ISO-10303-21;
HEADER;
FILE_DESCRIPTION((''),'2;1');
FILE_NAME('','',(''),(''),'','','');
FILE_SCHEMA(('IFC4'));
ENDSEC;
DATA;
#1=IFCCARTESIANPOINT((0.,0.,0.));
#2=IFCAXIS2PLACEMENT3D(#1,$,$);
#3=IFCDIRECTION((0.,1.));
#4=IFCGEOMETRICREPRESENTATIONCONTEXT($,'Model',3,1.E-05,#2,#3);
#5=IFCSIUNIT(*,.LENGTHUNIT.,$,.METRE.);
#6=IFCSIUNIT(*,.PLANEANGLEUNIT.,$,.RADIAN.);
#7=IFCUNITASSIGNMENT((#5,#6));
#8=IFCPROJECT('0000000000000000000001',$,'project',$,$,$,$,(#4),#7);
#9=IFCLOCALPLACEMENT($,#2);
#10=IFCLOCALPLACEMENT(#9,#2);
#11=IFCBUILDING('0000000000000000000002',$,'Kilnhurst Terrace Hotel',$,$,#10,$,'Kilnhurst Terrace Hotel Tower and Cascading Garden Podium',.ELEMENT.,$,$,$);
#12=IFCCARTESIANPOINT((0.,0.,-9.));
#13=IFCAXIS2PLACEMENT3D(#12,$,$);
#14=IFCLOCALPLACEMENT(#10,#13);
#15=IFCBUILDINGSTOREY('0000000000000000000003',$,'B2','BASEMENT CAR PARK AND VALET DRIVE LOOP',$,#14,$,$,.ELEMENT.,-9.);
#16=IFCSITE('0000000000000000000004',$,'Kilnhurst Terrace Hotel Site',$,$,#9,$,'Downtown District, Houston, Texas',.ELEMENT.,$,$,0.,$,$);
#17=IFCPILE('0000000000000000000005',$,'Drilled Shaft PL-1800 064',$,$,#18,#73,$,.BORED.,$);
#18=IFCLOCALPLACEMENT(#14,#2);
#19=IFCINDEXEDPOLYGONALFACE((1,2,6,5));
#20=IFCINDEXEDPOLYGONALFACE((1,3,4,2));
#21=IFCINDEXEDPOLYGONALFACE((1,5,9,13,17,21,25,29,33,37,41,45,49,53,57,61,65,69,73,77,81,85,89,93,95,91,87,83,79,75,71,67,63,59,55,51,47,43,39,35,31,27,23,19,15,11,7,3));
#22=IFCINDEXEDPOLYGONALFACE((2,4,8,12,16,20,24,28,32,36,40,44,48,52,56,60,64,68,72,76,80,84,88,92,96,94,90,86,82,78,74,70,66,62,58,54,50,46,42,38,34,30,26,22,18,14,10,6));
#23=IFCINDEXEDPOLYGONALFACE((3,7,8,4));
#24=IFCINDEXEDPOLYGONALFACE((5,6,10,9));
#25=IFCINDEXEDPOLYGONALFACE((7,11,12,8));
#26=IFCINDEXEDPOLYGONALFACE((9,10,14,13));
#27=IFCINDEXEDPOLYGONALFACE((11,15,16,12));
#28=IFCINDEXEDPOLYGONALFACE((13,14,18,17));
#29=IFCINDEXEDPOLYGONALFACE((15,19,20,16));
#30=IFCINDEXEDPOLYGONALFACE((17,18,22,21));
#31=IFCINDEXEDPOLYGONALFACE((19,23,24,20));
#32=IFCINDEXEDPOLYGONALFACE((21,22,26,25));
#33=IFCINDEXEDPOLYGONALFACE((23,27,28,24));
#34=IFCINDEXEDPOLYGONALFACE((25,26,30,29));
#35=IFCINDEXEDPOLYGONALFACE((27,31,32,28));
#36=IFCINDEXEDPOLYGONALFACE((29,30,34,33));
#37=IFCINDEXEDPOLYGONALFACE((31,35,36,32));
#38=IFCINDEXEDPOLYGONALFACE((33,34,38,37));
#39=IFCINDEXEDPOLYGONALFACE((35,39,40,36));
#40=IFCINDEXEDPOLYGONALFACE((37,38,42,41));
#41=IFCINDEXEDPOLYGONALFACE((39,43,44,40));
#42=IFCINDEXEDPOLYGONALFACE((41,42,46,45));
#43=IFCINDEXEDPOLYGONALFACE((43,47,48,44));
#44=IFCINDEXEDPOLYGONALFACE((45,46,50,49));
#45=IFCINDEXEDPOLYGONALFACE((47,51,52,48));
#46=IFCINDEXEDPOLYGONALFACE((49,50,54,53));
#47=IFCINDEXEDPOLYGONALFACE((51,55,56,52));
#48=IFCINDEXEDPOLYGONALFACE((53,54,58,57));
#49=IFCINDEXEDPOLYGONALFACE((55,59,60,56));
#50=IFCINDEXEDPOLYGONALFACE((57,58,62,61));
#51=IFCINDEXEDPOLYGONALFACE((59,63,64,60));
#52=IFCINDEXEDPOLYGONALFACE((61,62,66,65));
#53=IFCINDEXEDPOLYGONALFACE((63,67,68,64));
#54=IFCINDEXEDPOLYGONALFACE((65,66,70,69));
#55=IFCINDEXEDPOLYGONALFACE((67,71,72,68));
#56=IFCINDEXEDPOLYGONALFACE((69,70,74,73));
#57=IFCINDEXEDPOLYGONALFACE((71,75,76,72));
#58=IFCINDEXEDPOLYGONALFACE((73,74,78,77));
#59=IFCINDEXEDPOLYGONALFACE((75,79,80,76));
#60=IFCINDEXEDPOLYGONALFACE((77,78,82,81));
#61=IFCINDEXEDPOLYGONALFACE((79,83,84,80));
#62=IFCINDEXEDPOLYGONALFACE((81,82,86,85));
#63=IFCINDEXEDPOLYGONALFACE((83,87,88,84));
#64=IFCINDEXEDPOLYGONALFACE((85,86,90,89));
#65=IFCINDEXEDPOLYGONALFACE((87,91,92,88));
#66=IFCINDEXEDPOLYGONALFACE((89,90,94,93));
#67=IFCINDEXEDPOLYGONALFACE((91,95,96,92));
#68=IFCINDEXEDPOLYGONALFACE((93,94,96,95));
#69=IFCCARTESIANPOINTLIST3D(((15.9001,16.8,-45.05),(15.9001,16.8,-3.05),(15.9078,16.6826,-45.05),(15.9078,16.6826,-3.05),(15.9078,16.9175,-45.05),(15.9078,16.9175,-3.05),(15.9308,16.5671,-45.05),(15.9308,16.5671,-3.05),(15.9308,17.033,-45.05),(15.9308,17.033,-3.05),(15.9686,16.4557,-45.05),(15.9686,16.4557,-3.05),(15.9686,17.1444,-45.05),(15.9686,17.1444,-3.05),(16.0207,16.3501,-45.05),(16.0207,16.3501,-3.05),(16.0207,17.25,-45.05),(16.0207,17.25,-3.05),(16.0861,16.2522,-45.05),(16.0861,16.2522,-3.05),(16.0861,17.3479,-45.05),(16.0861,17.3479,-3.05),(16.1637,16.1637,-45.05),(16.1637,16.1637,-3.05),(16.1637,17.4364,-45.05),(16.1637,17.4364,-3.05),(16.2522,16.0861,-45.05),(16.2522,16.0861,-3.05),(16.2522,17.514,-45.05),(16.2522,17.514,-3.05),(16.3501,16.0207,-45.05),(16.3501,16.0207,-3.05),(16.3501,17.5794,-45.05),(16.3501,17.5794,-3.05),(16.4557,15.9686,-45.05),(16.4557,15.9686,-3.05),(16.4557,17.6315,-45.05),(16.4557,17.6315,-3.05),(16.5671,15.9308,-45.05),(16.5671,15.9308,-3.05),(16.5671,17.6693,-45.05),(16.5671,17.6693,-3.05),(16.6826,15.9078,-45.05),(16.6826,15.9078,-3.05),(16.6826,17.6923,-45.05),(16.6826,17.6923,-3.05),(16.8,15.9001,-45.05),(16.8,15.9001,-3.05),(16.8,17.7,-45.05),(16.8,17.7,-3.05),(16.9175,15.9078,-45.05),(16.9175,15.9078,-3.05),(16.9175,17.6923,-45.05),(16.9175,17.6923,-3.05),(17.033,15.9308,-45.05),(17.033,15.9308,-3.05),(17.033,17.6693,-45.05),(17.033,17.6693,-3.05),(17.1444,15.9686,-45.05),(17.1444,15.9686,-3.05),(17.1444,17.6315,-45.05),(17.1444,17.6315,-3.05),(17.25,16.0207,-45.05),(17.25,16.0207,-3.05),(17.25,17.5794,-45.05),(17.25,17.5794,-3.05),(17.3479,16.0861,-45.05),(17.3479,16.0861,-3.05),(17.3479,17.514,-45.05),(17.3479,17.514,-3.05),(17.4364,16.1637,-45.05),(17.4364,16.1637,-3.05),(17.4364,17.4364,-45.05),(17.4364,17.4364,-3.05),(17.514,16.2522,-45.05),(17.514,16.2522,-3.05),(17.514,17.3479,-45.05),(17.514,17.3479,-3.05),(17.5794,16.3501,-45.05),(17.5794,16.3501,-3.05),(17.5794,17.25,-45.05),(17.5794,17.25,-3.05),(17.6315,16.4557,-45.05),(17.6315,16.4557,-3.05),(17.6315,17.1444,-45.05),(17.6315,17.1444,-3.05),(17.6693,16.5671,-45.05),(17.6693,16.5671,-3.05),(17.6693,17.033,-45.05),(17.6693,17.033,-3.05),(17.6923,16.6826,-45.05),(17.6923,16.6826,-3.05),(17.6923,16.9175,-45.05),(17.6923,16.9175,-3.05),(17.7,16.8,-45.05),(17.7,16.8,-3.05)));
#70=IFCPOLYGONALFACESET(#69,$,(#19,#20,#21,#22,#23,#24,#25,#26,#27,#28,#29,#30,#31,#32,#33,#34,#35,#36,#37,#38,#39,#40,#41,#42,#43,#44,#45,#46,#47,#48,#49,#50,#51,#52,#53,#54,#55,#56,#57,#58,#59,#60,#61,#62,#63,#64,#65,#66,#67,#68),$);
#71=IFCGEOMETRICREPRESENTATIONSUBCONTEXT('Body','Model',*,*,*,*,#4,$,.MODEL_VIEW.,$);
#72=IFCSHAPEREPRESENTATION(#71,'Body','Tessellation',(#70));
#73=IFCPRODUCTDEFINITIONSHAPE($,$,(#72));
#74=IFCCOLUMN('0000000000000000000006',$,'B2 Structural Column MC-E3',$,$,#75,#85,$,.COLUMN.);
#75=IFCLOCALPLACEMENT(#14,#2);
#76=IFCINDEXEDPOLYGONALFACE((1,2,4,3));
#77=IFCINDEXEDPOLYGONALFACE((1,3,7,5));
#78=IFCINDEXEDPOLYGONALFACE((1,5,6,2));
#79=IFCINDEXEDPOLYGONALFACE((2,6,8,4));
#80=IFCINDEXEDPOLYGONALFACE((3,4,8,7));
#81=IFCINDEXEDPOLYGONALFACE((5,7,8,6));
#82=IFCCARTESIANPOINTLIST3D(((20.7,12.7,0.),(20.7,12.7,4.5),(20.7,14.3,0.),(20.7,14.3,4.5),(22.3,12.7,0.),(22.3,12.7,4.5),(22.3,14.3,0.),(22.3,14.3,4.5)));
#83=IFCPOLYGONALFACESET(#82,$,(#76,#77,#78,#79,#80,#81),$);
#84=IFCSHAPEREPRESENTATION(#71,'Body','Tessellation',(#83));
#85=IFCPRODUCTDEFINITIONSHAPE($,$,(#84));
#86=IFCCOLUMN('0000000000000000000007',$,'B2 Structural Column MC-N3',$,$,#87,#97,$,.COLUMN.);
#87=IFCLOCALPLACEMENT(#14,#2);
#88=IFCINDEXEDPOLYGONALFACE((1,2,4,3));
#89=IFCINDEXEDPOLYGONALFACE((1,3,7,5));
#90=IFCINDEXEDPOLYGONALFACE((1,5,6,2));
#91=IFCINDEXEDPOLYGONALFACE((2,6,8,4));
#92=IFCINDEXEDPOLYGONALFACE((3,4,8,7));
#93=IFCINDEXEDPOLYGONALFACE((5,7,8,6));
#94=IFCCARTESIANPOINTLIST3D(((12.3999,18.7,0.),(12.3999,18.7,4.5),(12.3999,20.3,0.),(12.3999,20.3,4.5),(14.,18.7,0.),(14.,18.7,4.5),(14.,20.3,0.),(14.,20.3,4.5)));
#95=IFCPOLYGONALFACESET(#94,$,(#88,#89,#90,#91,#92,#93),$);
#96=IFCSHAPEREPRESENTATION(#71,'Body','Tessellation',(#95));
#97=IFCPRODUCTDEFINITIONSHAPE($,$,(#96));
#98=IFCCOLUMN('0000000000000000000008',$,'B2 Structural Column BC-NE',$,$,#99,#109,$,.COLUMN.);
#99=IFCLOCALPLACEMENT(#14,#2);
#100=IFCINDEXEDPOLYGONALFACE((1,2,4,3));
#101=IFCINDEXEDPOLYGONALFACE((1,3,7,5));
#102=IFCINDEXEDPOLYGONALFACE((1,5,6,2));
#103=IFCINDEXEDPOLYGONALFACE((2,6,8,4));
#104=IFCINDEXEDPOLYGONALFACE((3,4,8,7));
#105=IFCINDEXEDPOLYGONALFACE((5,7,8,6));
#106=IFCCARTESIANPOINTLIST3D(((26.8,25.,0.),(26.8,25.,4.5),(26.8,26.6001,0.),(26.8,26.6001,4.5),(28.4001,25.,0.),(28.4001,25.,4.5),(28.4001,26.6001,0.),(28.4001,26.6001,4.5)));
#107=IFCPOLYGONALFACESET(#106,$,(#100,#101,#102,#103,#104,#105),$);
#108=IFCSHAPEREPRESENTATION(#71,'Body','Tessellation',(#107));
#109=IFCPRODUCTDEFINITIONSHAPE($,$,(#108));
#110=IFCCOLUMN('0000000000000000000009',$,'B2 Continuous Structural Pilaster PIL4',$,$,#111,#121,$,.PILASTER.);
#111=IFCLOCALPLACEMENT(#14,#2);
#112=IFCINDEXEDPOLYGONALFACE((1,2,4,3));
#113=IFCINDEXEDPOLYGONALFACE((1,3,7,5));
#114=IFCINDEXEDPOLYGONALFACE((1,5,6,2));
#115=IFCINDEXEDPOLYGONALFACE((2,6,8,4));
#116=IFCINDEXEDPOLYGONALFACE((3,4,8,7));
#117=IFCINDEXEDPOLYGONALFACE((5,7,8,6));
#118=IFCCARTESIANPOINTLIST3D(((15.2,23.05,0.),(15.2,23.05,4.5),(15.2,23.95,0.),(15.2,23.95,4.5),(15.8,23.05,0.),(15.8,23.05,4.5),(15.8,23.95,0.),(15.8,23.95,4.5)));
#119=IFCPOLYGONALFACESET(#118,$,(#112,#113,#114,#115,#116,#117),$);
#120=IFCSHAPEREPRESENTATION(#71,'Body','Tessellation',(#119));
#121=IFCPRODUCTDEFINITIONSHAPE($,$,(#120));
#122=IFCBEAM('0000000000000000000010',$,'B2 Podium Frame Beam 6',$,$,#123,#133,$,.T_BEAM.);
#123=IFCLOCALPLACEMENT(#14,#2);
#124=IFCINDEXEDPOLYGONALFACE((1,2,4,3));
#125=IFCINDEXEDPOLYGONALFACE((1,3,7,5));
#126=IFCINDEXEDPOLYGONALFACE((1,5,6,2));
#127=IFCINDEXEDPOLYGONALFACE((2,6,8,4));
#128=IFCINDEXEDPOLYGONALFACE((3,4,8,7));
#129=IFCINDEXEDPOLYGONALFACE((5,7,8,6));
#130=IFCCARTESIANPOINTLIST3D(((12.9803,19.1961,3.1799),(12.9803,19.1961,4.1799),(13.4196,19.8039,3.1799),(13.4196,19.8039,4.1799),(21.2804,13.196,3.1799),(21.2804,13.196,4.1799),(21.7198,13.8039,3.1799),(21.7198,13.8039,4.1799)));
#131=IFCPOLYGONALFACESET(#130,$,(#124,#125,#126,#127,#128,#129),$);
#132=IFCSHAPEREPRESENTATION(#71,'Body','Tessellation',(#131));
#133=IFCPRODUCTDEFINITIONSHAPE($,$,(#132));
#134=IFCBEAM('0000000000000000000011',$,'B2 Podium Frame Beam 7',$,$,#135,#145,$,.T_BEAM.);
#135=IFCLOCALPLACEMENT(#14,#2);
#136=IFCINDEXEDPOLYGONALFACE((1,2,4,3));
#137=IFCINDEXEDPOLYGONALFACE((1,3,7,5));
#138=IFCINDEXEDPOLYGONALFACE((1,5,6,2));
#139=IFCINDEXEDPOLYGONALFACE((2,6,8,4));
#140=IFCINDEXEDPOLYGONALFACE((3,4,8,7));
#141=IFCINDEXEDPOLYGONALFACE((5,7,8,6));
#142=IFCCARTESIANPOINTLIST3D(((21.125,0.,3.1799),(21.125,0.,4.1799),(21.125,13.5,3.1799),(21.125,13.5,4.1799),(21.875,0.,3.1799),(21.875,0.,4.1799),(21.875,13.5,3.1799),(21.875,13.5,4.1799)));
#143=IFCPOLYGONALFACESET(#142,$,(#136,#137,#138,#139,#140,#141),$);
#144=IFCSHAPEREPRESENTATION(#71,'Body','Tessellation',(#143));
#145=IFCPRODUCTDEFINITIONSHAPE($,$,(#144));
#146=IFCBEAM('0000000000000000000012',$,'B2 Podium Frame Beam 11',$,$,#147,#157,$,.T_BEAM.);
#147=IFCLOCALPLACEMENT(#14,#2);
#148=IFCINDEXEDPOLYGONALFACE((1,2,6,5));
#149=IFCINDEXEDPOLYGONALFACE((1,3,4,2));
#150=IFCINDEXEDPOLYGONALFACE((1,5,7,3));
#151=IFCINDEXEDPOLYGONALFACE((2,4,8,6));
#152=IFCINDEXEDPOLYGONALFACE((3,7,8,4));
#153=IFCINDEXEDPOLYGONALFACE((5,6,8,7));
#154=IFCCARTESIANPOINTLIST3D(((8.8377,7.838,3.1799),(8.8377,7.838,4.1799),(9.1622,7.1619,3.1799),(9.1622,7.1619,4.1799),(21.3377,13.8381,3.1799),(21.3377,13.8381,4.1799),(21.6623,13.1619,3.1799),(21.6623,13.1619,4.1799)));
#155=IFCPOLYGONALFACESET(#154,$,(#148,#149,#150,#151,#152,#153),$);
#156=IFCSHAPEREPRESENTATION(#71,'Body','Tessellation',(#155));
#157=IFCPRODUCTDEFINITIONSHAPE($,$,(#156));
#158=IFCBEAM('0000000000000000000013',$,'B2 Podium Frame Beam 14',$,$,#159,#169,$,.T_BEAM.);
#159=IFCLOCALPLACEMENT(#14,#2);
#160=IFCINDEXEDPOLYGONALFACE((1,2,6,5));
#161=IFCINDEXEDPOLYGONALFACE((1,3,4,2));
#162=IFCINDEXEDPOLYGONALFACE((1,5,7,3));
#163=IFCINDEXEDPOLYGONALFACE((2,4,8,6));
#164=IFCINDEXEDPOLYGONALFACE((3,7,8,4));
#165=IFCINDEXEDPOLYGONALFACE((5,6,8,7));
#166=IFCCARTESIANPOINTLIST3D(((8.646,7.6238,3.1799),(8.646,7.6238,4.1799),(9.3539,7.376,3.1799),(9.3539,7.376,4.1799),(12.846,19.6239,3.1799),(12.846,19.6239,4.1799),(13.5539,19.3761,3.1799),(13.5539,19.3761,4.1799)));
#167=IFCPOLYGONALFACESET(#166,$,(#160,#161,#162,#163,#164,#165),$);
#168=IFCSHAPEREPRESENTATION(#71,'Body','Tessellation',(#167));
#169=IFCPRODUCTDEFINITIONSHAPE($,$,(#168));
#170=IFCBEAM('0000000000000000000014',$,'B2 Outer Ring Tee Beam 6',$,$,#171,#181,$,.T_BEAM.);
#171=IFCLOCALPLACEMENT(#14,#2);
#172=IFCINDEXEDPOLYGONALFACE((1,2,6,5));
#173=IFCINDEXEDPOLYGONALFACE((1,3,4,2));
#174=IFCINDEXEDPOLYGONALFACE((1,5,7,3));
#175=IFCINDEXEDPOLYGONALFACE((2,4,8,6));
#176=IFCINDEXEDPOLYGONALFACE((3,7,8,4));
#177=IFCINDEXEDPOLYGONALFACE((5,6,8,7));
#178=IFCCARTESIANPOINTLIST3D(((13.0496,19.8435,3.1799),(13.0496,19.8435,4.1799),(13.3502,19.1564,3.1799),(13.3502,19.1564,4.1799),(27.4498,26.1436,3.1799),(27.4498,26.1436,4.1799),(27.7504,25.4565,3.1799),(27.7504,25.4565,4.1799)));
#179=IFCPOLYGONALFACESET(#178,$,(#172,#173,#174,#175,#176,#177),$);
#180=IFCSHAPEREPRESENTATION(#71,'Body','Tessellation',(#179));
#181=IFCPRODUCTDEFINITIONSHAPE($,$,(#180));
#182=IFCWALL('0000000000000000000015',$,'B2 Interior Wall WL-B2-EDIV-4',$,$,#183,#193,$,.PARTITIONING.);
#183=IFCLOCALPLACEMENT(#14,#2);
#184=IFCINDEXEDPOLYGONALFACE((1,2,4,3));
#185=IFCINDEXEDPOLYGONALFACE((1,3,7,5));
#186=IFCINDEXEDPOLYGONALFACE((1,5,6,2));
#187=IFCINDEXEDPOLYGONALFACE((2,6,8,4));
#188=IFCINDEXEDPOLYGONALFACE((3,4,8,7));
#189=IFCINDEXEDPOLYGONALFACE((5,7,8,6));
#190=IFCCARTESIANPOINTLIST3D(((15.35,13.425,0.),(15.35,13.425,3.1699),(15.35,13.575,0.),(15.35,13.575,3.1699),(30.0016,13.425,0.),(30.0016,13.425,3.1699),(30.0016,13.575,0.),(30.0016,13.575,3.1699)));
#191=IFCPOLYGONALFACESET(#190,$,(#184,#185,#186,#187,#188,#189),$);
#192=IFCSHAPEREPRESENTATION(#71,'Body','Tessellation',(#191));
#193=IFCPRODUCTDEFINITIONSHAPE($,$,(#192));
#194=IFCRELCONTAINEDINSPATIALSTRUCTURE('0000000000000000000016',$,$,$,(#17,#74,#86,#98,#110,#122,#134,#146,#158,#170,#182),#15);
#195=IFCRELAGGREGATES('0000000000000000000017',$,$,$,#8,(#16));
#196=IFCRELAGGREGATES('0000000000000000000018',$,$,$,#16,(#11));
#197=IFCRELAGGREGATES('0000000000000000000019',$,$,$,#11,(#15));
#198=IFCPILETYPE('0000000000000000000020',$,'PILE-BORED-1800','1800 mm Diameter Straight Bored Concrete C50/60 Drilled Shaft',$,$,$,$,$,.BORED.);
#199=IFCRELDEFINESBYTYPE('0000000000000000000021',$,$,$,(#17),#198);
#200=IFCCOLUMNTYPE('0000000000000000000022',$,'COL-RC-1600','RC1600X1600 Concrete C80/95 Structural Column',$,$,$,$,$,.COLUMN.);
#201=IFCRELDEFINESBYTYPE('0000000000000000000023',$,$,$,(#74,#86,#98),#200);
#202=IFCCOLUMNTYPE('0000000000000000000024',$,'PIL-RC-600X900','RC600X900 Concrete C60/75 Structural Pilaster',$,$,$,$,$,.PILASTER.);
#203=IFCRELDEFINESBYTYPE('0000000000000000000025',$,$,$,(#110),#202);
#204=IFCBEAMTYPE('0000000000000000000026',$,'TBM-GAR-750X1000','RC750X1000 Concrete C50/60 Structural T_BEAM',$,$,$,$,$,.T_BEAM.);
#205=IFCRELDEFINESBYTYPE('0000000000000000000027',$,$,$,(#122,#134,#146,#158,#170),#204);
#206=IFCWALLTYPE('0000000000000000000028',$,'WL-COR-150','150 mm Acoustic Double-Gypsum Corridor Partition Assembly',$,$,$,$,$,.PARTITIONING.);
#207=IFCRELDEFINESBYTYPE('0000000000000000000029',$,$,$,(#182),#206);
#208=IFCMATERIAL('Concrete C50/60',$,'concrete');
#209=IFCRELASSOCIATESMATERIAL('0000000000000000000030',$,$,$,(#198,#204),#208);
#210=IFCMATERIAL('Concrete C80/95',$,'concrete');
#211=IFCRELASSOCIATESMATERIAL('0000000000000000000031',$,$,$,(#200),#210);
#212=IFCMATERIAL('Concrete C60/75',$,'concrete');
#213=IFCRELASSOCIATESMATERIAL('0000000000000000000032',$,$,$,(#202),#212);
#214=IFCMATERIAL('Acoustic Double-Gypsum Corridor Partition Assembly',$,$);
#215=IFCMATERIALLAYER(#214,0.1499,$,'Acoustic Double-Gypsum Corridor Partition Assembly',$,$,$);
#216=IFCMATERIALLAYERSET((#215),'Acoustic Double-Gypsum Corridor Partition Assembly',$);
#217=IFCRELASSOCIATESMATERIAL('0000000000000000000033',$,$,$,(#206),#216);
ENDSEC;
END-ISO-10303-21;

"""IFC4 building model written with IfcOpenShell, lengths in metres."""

from ifc_helpers import new_model, si_unit, direction, frame, frame_2d, origin, origin_2d, place, context, subcontext, project, spatial, rectangle, circle, extrude, material, layer, layer_set, material_profile, profile_set, type_object, element, save


model = new_model("IFC4")

# Units and contexts
model_context = context("Model", 3, precision=1e-05, world=origin(), true_north=direction((0.0, 1.0)))
body_context = subcontext(model_context, "Body", "Model", "MODEL_VIEW")
ifc_project = project(units=[si_unit("LENGTHUNIT", "METRE"), si_unit("PLANEANGLEUNIT", "RADIAN")], contexts=[model_context])

# Site, building, storey
site_placement = place(None, origin())
site = spatial("IfcSite", under=ifc_project, at=site_placement, Name="Kilnhurst Terrace Hotel Site", LongName="Downtown District, Houston, Texas", CompositionType="ELEMENT", RefElevation=0.0)
building_placement = place(site_placement, origin())
building = spatial("IfcBuilding", under=site, at=building_placement, Name="Kilnhurst Terrace Hotel", LongName="Kilnhurst Terrace Hotel Tower and Cascading Garden Podium", CompositionType="ELEMENT")
storey_placement = place(building_placement, frame((0.0, 0.0, -9.0)))
storey = spatial("IfcBuildingStorey", under=building, at=storey_placement, Name="B2", Description="BASEMENT CAR PARK AND VALET DRIVE LOOP", CompositionType="ELEMENT", Elevation=-9.0)

# Pile
ifc_material_1 = material(Name="Concrete C50/60", Category="concrete")
ifc_material_profile_1 = material_profile(ifc_material_1, circle(Radius=0.8999, at=origin_2d()), Name="PILE1800")
ifc_profile_set_1 = profile_set([ifc_material_profile_1], Name="Concrete C50/60")
pile_type_1 = type_object("IfcPileType", Name="PILE-BORED-1800", Description="1800 mm Diameter Straight Bored Concrete C50/60 Drilled Shaft", PredefinedType="BORED", material=ifc_profile_set_1)
for number, where, z_axis, x_axis, name in (
    (1, (16.8, 16.8, -3.05), (0.0, 0.0, -1.0), (1.0, 0.0, 0.0), "Drilled Shaft PL-1800 064"),
):
    element("IfcPile", number, at=place(storey_placement, frame(where, z_axis=z_axis, x_axis=x_axis)), inside=storey, type_object=pile_type_1, Name=name, PredefinedType="BORED", context=body_context, shape_type="SweptSolid", body=[
        extrude(circle(Radius=0.8999, at=origin_2d()), origin(), (0.0, 0.0, 1.0), 42.0),
    ])

# Columns
ifc_material_2 = material(Name="Concrete C80/95", Category="concrete")
ifc_material_profile_2 = material_profile(ifc_material_2, rectangle(XDim=1.6001, YDim=1.6001, at=origin_2d()), Name="RC1600X1600")
ifc_profile_set_2 = profile_set([ifc_material_profile_2], Name="Concrete C80/95")
column_type_1 = type_object("IfcColumnType", Name="COL-RC-1600", Description="RC1600X1600 Concrete C80/95 Structural Column", PredefinedType="COLUMN", material=ifc_profile_set_2)
for number, where, z_axis, x_axis, name in (
    (2, (21.5, 13.5, 0.0), (0.0, 0.0, 1.0), (1.0, 0.0, 0.0), "B2 Structural Column MC-E3"),
    (3, (13.2, 19.5, 0.0), (0.0, 0.0, 1.0), (1.0, 0.0, 0.0), "B2 Structural Column MC-N3"),
    (4, (27.6001, 25.8, 0.0), (0.0, 0.0, 1.0), (1.0, 0.0, 0.0), "B2 Structural Column BC-NE"),
):
    element("IfcColumn", number, at=place(storey_placement, frame(where, z_axis=z_axis, x_axis=x_axis)), inside=storey, type_object=column_type_1, Name=name, PredefinedType="COLUMN", context=body_context, shape_type="SweptSolid", body=[
        extrude(rectangle(XDim=1.6001, YDim=1.6001, at=origin_2d()), origin(), (0.0, 0.0, 1.0), 4.5),
    ])
ifc_material_3 = material(Name="Concrete C60/75", Category="concrete")
ifc_material_profile_3 = material_profile(ifc_material_3, rectangle(XDim=0.6001, YDim=0.8999, at=origin_2d()), Name="RC600X900")
ifc_profile_set_3 = profile_set([ifc_material_profile_3], Name="Concrete C60/75")
column_type_2 = type_object("IfcColumnType", Name="PIL-RC-600X900", Description="RC600X900 Concrete C60/75 Structural Pilaster", PredefinedType="PILASTER", material=ifc_profile_set_3)
column_placement = place(storey_placement, frame((15.5, 23.5, 0.0), z_axis=(0.0, 0.0, 1.0), x_axis=(1.0, 0.0, 0.0)))
element("IfcColumn", 5, at=column_placement, inside=storey, type_object=column_type_2, Name="B2 Continuous Structural Pilaster PIL4", PredefinedType="PILASTER", context=body_context, shape_type="SweptSolid", body=[
    extrude(rectangle(XDim=0.6001, YDim=0.8999, at=origin_2d()), origin(), (0.0, 0.0, 1.0), 4.5),
])

# Beams
ifc_material_profile_4 = material_profile(ifc_material_1, rectangle(XDim=0.75, YDim=1.0, at=origin_2d()), Name="RC750X1000")
ifc_profile_set_4 = profile_set([ifc_material_profile_4], Name="Concrete C50/60")
beam_type = type_object("IfcBeamType", Name="TBM-GAR-750X1000", Description="RC750X1000 Concrete C50/60 Structural T_BEAM", PredefinedType="T_BEAM", material=ifc_profile_set_4)
beam_1_placement = place(storey_placement, frame((13.2, 19.5, 3.6799), z_axis=(0.810423, -0.585845, 0.0), x_axis=(0.585845, 0.810423, 0.0)))
element("IfcBeam", 6, at=beam_1_placement, inside=storey, type_object=beam_type, Name="B2 Podium Frame Beam 6", PredefinedType="T_BEAM", context=body_context, shape_type="SweptSolid", body=[
    extrude(rectangle(XDim=0.75, YDim=1.0, at=origin_2d()), origin(), (0.0, 0.0, 1.0), 10.2417),
])
beam_2_placement = place(storey_placement, frame((21.5, 13.5, 3.6799), z_axis=(0.0, -1.0, 0.0), x_axis=(1.0, 0.0, 0.0)))
element("IfcBeam", 7, at=beam_2_placement, inside=storey, type_object=beam_type, Name="B2 Podium Frame Beam 7", PredefinedType="T_BEAM", context=body_context, shape_type="SweptSolid", body=[
    extrude(rectangle(XDim=0.75, YDim=1.0, at=origin_2d()), origin(), (0.0, 0.0, 1.0), 13.5),
])
beam_3_placement = place(storey_placement, frame((21.5, 13.5, 3.6799), z_axis=(-0.901523, -0.432731, 0.0), x_axis=(0.432731, -0.901523, 0.0)))
element("IfcBeam", 8, at=beam_3_placement, inside=storey, type_object=beam_type, Name="B2 Podium Frame Beam 11", PredefinedType="T_BEAM", context=body_context, shape_type="SweptSolid", body=[
    extrude(rectangle(XDim=0.75, YDim=1.0, at=origin_2d()), origin(), (0.0, 0.0, 1.0), 13.8655),
])
beam_4_placement = place(storey_placement, frame((13.2, 19.5, 3.6799), z_axis=(-0.330347, -0.94386, 0.0), x_axis=(0.94386, -0.330347, 0.0)))
element("IfcBeam", 9, at=beam_4_placement, inside=storey, type_object=beam_type, Name="B2 Podium Frame Beam 14", PredefinedType="T_BEAM", context=body_context, shape_type="SweptSolid", body=[
    extrude(rectangle(XDim=0.75, YDim=1.0, at=origin_2d()), origin(), (0.0, 0.0, 1.0), 12.7139),
])
beam_5_placement = place(storey_placement, frame((27.6001, 25.8, 3.6799), z_axis=(-0.916158, -0.400818, 0.0), x_axis=(0.400818, -0.916158, 0.0)))
element("IfcBeam", 10, at=beam_5_placement, inside=storey, type_object=beam_type, Name="B2 Outer Ring Tee Beam 6", PredefinedType="T_BEAM", context=body_context, shape_type="SweptSolid", body=[
    extrude(rectangle(XDim=0.75, YDim=1.0, at=origin_2d()), origin(), (0.0, 0.0, 1.0), 15.718),
])

# Wall
ifc_material_4 = material(Name="Acoustic Double-Gypsum Corridor Partition Assembly")
ifc_layer_1 = layer(ifc_material_4, 0.1499, Name="Acoustic Double-Gypsum Corridor Partition Assembly")
ifc_layer_set_1 = layer_set([ifc_layer_1], Name="Acoustic Double-Gypsum Corridor Partition Assembly")
wall_type_1 = type_object("IfcWallType", Name="WL-COR-150", Description="150 mm Acoustic Double-Gypsum Corridor Partition Assembly", PredefinedType="PARTITIONING", material=ifc_layer_set_1)
wall_1_placement = place(storey_placement, frame((15.3501, 13.5, 0.0), z_axis=(0.0, 0.0, 1.0), x_axis=(1.0, 0.0, 0.0)))
element("IfcWall", 11, at=wall_1_placement, inside=storey, type_object=wall_type_1, Name="B2 Interior Wall WL-B2-EDIV-4", PredefinedType="PARTITIONING", context=body_context, shape_type="SweptSolid", body=[
    extrude(rectangle(XDim=14.6516, YDim=0.1499, at=frame_2d((7.3257, 0.0))), origin(), (0.0, 0.0, 1.0), 3.1699),
])

save(model, "model.ifc")
